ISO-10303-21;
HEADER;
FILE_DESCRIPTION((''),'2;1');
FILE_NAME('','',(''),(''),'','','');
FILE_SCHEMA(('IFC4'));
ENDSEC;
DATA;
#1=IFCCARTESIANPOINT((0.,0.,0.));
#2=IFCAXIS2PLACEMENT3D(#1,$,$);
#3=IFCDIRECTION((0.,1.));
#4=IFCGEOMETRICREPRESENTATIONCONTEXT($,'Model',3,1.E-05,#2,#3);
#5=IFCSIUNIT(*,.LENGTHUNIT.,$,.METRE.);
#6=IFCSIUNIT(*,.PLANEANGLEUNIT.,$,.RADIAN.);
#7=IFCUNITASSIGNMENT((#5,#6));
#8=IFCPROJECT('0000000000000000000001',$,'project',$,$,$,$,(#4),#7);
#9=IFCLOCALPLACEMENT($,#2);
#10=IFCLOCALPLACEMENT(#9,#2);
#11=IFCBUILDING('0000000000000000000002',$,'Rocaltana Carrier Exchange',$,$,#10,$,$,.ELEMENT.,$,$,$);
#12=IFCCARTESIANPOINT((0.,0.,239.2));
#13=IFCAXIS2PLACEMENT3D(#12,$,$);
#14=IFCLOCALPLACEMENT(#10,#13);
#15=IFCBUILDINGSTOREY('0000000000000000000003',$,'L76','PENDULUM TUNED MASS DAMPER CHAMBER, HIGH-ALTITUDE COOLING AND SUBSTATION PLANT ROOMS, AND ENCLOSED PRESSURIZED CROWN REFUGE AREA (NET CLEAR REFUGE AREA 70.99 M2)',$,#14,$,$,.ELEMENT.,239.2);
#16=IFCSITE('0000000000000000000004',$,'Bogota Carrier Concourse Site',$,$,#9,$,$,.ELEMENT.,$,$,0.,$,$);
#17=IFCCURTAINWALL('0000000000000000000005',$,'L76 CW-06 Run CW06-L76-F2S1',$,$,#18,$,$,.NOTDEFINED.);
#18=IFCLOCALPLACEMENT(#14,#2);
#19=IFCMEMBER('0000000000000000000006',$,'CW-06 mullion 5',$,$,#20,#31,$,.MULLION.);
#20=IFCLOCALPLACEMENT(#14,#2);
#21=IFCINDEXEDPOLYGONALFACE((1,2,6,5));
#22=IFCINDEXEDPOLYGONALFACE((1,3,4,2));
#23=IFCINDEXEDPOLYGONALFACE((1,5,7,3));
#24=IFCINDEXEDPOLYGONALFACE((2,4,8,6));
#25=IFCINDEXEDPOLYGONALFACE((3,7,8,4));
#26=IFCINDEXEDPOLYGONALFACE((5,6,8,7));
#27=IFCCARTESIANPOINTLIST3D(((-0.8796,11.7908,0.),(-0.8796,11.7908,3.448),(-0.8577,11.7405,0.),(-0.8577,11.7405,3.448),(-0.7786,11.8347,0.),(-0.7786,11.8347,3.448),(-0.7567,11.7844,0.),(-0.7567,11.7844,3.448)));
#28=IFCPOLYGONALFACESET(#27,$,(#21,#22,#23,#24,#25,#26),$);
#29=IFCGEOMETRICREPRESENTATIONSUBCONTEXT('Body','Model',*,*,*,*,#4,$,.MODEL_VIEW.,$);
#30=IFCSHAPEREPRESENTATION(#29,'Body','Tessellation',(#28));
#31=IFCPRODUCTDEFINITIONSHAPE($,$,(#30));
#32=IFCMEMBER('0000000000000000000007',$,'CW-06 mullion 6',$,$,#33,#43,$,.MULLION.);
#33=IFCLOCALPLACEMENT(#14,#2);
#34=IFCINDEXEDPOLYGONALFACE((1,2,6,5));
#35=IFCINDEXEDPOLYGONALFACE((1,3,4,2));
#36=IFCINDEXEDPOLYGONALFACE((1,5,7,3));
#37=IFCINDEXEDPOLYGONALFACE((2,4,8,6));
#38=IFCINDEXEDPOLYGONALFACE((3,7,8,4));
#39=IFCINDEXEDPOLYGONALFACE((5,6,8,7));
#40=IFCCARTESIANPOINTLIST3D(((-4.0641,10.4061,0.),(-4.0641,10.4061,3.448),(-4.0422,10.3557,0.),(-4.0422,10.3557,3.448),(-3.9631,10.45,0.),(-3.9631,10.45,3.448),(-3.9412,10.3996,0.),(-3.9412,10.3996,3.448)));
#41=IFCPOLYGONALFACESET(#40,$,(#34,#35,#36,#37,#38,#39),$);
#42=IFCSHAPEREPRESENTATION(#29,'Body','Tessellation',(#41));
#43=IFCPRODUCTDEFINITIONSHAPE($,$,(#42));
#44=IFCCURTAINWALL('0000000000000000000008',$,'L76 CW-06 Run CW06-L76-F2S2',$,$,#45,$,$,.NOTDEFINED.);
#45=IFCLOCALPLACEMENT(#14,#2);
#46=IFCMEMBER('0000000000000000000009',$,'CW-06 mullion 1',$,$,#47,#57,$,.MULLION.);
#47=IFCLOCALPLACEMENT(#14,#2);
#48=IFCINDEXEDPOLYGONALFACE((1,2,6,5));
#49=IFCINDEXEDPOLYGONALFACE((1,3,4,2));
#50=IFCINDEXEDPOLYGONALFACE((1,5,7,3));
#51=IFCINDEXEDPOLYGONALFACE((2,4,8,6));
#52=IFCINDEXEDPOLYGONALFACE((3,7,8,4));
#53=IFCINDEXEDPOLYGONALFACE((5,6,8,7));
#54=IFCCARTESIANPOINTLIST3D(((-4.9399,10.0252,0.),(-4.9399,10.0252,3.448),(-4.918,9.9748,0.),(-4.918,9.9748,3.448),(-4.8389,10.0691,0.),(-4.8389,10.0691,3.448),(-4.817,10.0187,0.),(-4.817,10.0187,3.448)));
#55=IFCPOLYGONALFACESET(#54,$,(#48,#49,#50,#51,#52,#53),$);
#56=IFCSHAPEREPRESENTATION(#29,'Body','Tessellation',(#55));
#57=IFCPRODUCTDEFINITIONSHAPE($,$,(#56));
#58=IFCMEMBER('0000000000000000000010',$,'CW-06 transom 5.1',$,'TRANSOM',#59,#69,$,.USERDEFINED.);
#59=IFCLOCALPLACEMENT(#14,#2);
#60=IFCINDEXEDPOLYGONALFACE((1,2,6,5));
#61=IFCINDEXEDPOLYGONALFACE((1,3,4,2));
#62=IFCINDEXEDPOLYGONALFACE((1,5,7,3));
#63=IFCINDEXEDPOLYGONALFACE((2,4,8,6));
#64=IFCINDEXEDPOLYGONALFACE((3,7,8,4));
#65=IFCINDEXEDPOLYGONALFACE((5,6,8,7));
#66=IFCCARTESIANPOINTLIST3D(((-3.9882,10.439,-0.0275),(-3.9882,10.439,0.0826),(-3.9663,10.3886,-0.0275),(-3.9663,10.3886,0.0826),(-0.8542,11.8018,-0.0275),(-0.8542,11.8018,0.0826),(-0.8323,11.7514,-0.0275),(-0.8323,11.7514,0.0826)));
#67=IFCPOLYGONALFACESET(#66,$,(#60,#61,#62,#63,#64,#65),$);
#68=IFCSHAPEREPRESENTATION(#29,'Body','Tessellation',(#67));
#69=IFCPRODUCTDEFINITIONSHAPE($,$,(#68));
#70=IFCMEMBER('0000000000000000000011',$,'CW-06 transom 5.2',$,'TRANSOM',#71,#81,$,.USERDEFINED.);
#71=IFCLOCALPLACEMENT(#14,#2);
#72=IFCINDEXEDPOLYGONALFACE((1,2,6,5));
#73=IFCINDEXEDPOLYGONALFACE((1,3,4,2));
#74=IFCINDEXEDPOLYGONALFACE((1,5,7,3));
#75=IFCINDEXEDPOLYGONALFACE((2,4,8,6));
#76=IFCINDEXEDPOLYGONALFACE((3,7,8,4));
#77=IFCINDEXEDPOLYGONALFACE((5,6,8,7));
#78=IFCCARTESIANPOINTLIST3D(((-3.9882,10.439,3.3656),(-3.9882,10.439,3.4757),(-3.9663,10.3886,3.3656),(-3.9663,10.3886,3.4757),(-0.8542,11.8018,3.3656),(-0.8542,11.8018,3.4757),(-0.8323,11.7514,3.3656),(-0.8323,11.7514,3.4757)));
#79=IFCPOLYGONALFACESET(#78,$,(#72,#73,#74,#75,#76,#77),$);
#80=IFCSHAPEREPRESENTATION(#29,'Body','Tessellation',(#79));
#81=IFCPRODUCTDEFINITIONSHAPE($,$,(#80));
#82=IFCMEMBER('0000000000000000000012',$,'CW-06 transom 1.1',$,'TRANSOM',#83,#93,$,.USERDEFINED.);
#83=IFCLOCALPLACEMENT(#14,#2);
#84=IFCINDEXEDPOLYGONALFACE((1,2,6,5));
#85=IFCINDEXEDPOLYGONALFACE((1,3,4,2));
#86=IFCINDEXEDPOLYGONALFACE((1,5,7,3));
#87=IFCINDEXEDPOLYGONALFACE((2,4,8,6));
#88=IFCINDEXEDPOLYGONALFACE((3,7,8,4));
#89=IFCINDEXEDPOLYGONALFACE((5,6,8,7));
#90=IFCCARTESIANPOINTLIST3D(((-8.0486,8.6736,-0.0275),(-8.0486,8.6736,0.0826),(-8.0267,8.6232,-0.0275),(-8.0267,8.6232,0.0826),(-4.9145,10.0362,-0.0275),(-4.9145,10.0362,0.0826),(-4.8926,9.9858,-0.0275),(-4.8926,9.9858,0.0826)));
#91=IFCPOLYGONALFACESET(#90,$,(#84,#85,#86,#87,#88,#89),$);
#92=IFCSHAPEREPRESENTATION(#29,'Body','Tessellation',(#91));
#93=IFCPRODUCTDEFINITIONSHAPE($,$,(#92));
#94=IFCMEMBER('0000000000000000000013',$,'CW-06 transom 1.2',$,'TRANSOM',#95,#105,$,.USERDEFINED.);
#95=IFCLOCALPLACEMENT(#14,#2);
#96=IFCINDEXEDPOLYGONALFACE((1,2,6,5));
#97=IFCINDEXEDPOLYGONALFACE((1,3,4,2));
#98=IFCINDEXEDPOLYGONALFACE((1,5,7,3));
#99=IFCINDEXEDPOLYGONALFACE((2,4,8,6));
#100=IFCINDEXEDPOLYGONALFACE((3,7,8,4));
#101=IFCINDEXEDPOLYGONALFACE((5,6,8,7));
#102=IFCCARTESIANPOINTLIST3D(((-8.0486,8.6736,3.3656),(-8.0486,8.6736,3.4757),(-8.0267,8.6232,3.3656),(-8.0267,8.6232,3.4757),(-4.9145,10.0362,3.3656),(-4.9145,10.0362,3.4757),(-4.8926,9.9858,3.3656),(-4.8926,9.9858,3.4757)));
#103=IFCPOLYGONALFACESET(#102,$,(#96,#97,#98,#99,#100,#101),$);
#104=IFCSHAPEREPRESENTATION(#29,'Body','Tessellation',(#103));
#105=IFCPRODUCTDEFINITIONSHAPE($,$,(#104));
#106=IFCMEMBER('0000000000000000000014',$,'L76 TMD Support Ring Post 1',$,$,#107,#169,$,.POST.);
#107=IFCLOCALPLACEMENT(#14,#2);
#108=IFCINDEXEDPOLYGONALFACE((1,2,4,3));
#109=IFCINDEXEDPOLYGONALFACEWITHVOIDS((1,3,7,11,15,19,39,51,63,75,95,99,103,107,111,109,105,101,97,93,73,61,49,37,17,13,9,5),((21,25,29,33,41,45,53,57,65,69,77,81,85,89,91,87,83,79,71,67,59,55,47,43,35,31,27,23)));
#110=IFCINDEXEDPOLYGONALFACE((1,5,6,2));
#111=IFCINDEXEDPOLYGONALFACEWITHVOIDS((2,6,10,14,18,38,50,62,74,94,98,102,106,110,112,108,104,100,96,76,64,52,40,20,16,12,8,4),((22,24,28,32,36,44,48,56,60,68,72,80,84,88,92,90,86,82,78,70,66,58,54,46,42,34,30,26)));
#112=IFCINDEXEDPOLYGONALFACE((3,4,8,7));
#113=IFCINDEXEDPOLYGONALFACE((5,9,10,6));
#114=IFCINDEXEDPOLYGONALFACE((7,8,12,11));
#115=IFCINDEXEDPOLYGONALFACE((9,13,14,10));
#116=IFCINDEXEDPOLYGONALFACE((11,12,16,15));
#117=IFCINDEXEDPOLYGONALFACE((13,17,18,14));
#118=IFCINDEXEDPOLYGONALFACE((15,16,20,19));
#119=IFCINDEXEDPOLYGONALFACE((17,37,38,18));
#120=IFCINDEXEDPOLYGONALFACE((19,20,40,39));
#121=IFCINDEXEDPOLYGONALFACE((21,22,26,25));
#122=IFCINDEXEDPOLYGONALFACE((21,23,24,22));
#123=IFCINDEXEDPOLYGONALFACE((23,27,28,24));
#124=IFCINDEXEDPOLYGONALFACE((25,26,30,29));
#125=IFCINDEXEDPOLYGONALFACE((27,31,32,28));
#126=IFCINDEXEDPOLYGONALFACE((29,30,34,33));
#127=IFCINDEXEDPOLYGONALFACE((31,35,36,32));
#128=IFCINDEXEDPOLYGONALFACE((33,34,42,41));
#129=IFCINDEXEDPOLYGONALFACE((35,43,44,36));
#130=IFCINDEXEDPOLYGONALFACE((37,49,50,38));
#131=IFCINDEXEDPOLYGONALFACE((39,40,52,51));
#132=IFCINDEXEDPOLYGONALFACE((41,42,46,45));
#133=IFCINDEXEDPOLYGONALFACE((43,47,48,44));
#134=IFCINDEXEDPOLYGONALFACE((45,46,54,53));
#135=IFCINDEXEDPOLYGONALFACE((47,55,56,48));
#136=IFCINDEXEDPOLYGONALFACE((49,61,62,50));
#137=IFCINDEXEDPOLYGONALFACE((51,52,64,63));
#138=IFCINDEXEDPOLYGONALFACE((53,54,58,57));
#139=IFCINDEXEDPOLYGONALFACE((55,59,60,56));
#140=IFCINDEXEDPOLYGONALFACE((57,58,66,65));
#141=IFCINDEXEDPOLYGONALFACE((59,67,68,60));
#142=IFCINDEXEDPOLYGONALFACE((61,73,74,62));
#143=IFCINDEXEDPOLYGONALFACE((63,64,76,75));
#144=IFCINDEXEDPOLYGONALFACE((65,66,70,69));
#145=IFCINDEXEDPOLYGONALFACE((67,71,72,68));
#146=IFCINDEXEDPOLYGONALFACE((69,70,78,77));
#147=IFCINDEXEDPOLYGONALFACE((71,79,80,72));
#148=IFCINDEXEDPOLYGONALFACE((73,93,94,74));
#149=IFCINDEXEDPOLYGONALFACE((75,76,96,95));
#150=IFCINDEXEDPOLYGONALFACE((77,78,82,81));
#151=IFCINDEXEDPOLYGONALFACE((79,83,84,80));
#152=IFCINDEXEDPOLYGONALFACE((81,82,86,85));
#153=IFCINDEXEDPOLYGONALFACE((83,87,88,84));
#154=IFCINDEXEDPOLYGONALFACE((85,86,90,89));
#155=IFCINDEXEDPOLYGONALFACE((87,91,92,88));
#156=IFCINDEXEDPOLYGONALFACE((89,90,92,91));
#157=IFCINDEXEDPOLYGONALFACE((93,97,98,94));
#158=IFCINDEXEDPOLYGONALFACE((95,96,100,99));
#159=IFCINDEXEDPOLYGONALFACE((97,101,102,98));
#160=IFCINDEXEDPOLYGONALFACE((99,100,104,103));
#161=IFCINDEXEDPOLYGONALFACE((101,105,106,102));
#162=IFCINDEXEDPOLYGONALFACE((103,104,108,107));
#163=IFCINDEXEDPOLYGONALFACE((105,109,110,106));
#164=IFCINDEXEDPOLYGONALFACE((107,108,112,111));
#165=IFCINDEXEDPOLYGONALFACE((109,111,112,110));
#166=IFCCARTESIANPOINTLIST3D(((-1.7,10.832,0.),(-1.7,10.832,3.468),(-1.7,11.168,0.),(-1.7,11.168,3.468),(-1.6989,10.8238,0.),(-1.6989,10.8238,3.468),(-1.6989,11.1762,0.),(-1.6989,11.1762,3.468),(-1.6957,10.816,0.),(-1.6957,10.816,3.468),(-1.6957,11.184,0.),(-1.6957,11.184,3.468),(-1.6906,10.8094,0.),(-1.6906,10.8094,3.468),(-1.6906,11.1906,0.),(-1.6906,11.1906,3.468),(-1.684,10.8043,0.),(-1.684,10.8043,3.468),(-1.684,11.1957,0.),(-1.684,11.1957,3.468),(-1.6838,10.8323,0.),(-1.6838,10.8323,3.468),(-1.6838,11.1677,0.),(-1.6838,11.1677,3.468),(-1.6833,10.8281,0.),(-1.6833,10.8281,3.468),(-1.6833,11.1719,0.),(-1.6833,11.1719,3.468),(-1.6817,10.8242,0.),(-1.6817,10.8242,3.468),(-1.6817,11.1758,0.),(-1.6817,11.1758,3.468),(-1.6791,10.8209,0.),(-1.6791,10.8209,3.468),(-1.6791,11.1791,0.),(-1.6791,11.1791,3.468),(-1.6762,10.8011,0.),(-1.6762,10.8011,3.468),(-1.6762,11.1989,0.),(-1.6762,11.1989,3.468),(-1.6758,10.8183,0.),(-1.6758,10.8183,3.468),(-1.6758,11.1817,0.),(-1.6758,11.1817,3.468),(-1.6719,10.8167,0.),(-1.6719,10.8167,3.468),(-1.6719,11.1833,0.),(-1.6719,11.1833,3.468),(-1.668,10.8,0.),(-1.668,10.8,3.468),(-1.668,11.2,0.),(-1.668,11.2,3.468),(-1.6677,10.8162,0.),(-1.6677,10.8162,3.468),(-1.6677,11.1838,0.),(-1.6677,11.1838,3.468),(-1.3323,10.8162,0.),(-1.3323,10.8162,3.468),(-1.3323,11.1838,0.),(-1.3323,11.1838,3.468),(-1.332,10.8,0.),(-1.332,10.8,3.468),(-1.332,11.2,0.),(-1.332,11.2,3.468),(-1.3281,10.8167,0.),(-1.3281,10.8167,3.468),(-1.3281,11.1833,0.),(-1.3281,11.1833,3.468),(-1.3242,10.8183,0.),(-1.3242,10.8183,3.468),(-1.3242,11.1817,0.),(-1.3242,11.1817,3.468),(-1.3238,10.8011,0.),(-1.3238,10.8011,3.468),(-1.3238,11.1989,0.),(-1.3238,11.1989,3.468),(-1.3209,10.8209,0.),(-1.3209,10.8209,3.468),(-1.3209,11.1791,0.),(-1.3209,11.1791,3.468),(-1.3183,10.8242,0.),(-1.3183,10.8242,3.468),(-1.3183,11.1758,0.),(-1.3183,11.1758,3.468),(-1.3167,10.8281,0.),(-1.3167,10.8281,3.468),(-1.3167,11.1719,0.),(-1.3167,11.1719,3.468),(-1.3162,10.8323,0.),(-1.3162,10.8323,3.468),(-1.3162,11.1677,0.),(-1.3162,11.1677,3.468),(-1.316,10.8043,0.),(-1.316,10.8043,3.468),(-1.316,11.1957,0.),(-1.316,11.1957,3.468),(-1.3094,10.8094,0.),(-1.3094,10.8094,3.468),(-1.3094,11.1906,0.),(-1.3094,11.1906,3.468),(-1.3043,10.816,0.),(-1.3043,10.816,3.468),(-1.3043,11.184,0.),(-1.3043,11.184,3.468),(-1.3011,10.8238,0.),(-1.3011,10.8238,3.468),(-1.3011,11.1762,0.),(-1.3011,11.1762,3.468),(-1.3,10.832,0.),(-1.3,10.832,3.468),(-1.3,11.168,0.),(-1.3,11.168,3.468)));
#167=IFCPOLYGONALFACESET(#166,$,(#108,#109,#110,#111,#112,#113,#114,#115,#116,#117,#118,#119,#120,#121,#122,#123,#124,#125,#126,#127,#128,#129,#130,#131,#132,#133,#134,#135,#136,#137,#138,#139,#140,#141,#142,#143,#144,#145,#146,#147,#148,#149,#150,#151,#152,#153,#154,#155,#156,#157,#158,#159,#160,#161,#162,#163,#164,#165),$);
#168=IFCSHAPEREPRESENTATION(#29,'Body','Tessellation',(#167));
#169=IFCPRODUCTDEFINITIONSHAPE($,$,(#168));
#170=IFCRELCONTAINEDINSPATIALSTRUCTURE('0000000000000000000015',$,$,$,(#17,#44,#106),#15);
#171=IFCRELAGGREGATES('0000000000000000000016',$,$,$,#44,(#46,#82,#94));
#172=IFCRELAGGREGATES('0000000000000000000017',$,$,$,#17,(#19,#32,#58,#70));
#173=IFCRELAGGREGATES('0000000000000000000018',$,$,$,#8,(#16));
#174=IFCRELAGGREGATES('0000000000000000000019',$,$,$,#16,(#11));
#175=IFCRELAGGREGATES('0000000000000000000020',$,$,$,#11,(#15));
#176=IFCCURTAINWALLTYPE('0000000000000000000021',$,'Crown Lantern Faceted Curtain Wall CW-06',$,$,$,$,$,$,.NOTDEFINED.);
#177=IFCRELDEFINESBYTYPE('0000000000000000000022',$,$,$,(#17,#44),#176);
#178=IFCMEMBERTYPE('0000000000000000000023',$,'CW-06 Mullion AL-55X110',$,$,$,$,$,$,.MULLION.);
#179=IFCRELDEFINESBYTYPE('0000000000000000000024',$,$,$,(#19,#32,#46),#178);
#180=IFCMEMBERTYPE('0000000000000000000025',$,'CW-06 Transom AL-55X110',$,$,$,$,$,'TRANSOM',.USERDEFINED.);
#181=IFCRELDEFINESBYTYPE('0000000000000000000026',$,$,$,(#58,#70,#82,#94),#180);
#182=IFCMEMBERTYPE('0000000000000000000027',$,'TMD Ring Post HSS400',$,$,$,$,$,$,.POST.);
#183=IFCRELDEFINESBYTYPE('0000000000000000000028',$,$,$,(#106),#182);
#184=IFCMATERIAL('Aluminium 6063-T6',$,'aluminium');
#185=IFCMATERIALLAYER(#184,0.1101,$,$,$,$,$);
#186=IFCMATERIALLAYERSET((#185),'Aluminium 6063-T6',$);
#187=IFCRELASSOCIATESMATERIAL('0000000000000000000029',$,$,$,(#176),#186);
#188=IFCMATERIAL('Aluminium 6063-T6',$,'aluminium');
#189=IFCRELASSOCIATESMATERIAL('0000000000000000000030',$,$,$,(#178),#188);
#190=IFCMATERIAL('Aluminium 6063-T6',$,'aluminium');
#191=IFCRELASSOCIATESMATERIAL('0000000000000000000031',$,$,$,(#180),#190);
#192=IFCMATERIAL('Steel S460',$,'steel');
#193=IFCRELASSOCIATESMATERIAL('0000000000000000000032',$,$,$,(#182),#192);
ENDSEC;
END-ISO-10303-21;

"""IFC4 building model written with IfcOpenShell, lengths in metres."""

from ifc_helpers import new_model, si_unit, direction, frame, origin, origin_2d, place, context, subcontext, project, spatial, rectangle, hollow_rectangle, extrude, material, layer, layer_set, material_profile, profile_set, type_object, element, aggregate, save


model = new_model("IFC4")

# Units and contexts
model_context = context("Model", 3, precision=1e-05, world=origin(), true_north=direction((0.0, 1.0)))
body_context = subcontext(model_context, "Body", "Model", "MODEL_VIEW")
ifc_project = project(units=[si_unit("LENGTHUNIT", "METRE"), si_unit("PLANEANGLEUNIT", "RADIAN")], contexts=[model_context])

# Site, building, storey
site_placement = place(None, origin())
site = spatial("IfcSite", under=ifc_project, at=site_placement, Name="Bogota Carrier Concourse Site", CompositionType="ELEMENT", RefElevation=0.0)
building_placement = place(site_placement, origin())
building = spatial("IfcBuilding", under=site, at=building_placement, Name="Rocaltana Carrier Exchange", CompositionType="ELEMENT")
storey_placement = place(building_placement, frame((0.0, 0.0, 239.2)))
storey = spatial("IfcBuildingStorey", under=building, at=storey_placement, Name="L76", Description="PENDULUM TUNED MASS DAMPER CHAMBER, HIGH-ALTITUDE COOLING AND SUBSTATION PLANT ROOMS, AND ENCLOSED PRESSURIZED CROWN REFUGE AREA (NET CLEAR REFUGE AREA 70.99 M2)", CompositionType="ELEMENT", Elevation=239.2)

# Curtain wall, members
ifc_material_1 = material(Name="Aluminium 6063-T6", Category="aluminium")
ifc_layer_1 = layer(ifc_material_1, 0.1101)
ifc_layer_set_1 = layer_set([ifc_layer_1], Name="Aluminium 6063-T6")
curtain_wall_type = type_object("IfcCurtainWallType", Name="Crown Lantern Faceted Curtain Wall CW-06", PredefinedType="NOTDEFINED", material=ifc_layer_set_1)
curtain_wall_1_placement = place(storey_placement, origin())
curtain_wall_1 = element("IfcCurtainWall", 1, at=curtain_wall_1_placement, inside=storey, type_object=curtain_wall_type, Name="L76 CW-06 Run CW06-L76-F2S1", PredefinedType="NOTDEFINED")
ifc_material_2 = material(Name="Aluminium 6063-T6", Category="aluminium")
ifc_material_profile_1 = material_profile(ifc_material_2, rectangle(XDim=0.0549, YDim=0.1101, at=origin_2d()), Name="AL-55X110")
ifc_profile_set_1 = profile_set([ifc_material_profile_1], Name="Aluminium 6063-T6")
member_type_1 = type_object("IfcMemberType", Name="CW-06 Mullion AL-55X110", PredefinedType="MULLION", material=ifc_profile_set_1)
member_1_placement = place(storey_placement, frame((-0.8181, 11.7876, 0.0), z_axis=(0.0, 0.0, 1.0), x_axis=(0.39875, -0.91706, 0.0)))
member_1 = element("IfcMember", 2, at=member_1_placement, type_object=member_type_1, Name="CW-06 mullion 5", PredefinedType="MULLION", context=body_context, shape_type="SweptSolid", body=[
    extrude(rectangle(XDim=0.0549, YDim=0.1101, at=origin_2d()), origin(), (0.0, 0.0, 1.0), 3.448),
])
member_2_placement = place(storey_placement, frame((-4.0027, 10.4028, 0.0), z_axis=(0.0, 0.0, 1.0), x_axis=(0.39875, -0.91706, 0.0)))
member_2 = element("IfcMember", 3, at=member_2_placement, type_object=member_type_1, Name="CW-06 mullion 6", PredefinedType="MULLION", context=body_context, shape_type="SweptSolid", body=[
    extrude(rectangle(XDim=0.0549, YDim=0.1101, at=origin_2d()), origin(), (0.0, 0.0, 1.0), 3.448),
])

# Curtain wall, member
curtain_wall_2_placement = place(storey_placement, origin())
curtain_wall_2 = element("IfcCurtainWall", 4, at=curtain_wall_2_placement, inside=storey, type_object=curtain_wall_type, Name="L76 CW-06 Run CW06-L76-F2S2", PredefinedType="NOTDEFINED")
member_3_placement = place(storey_placement, frame((-4.8784, 10.022, 0.0), z_axis=(0.0, 0.0, 1.0), x_axis=(0.39875, -0.91706, 0.0)))
member_3 = element("IfcMember", 5, at=member_3_placement, type_object=member_type_1, Name="CW-06 mullion 1", PredefinedType="MULLION", context=body_context, shape_type="SweptSolid", body=[
    extrude(rectangle(XDim=0.0549, YDim=0.1101, at=origin_2d()), origin(), (0.0, 0.0, 1.0), 3.448),
])

# Members
ifc_material_3 = material(Name="Aluminium 6063-T6", Category="aluminium")
ifc_material_profile_2 = material_profile(ifc_material_3, rectangle(XDim=0.0549, YDim=0.1101, at=origin_2d()), Name="AL-55X110")
ifc_profile_set_2 = profile_set([ifc_material_profile_2], Name="Aluminium 6063-T6")
member_type_2 = type_object("IfcMemberType", Name="CW-06 Transom AL-55X110", ElementType="TRANSOM", PredefinedType="USERDEFINED", material=ifc_profile_set_2)
member_4_placement = place(storey_placement, frame((-0.8433, 11.7766, 0.0276), z_axis=(-0.917052, -0.398768, 0.0), x_axis=(0.398768, -0.917052, 0.0)))
member_4 = element("IfcMember", 6, at=member_4_placement, type_object=member_type_2, Name="CW-06 transom 5.1", ObjectType="TRANSOM", PredefinedType="USERDEFINED", context=body_context, shape_type="SweptSolid", body=[
    extrude(rectangle(XDim=0.0549, YDim=0.1101, at=origin_2d()), origin(), (0.0, 0.0, 1.0), 3.4175),
])
member_5_placement = place(storey_placement, frame((-0.8433, 11.7766, 3.4207), z_axis=(-0.917052, -0.398768, 0.0), x_axis=(0.398768, -0.917052, 0.0)))
member_5 = element("IfcMember", 7, at=member_5_placement, type_object=member_type_2, Name="CW-06 transom 5.2", ObjectType="TRANSOM", PredefinedType="USERDEFINED", context=body_context, shape_type="SweptSolid", body=[
    extrude(rectangle(XDim=0.0549, YDim=0.1101, at=origin_2d()), origin(), (0.0, 0.0, 1.0), 3.4175),
])
member_6_placement = place(storey_placement, frame((-4.9036, 10.011, 0.0276), z_axis=(-0.917078, -0.398708, 0.0), x_axis=(0.398708, -0.917078, 0.0)))
member_6 = element("IfcMember", 8, at=member_6_placement, type_object=member_type_2, Name="CW-06 transom 1.1", ObjectType="TRANSOM", PredefinedType="USERDEFINED", context=body_context, shape_type="SweptSolid", body=[
    extrude(rectangle(XDim=0.0549, YDim=0.1101, at=origin_2d()), origin(), (0.0, 0.0, 1.0), 3.4175),
])
member_7_placement = place(storey_placement, frame((-4.9036, 10.011, 3.4207), z_axis=(-0.917078, -0.398708, 0.0), x_axis=(0.398708, -0.917078, 0.0)))
member_7 = element("IfcMember", 9, at=member_7_placement, type_object=member_type_2, Name="CW-06 transom 1.2", ObjectType="TRANSOM", PredefinedType="USERDEFINED", context=body_context, shape_type="SweptSolid", body=[
    extrude(rectangle(XDim=0.0549, YDim=0.1101, at=origin_2d()), origin(), (0.0, 0.0, 1.0), 3.4175),
])
aggregate(curtain_wall_2, [member_3, member_6, member_7])

# Member
ifc_material_4 = material(Name="Steel S460", Category="steel")
ifc_material_profile_3 = material_profile(ifc_material_4, hollow_rectangle(XDim=0.3999, YDim=0.3999, WallThickness=0.0161, InnerFilletRadius=0.0161, OuterFilletRadius=0.032, at=origin_2d()), Name="HSS400X400X16")
ifc_profile_set_3 = profile_set([ifc_material_profile_3], Name="Steel S460")
member_type_3 = type_object("IfcMemberType", Name="TMD Ring Post HSS400", PredefinedType="POST", material=ifc_profile_set_3)
for number, where, z_axis, x_axis, name in (
    (10, (-1.5, 11.0, 0.0), (0.0, 0.0, 1.0), (1.0, 0.0, 0.0), "L76 TMD Support Ring Post 1"),
):
    element("IfcMember", number, at=place(storey_placement, frame(where, z_axis=z_axis, x_axis=x_axis)), inside=storey, type_object=member_type_3, Name=name, PredefinedType="POST", context=body_context, shape_type="SweptSolid", body=[
        extrude(hollow_rectangle(XDim=0.3999, YDim=0.3999, WallThickness=0.0161, InnerFilletRadius=0.0161, OuterFilletRadius=0.032, at=origin_2d()), origin(), (0.0, 0.0, 1.0), 3.468),
    ])

aggregate(curtain_wall_1, [member_1, member_2, member_4, member_5])

save(model, "model.ifc")
